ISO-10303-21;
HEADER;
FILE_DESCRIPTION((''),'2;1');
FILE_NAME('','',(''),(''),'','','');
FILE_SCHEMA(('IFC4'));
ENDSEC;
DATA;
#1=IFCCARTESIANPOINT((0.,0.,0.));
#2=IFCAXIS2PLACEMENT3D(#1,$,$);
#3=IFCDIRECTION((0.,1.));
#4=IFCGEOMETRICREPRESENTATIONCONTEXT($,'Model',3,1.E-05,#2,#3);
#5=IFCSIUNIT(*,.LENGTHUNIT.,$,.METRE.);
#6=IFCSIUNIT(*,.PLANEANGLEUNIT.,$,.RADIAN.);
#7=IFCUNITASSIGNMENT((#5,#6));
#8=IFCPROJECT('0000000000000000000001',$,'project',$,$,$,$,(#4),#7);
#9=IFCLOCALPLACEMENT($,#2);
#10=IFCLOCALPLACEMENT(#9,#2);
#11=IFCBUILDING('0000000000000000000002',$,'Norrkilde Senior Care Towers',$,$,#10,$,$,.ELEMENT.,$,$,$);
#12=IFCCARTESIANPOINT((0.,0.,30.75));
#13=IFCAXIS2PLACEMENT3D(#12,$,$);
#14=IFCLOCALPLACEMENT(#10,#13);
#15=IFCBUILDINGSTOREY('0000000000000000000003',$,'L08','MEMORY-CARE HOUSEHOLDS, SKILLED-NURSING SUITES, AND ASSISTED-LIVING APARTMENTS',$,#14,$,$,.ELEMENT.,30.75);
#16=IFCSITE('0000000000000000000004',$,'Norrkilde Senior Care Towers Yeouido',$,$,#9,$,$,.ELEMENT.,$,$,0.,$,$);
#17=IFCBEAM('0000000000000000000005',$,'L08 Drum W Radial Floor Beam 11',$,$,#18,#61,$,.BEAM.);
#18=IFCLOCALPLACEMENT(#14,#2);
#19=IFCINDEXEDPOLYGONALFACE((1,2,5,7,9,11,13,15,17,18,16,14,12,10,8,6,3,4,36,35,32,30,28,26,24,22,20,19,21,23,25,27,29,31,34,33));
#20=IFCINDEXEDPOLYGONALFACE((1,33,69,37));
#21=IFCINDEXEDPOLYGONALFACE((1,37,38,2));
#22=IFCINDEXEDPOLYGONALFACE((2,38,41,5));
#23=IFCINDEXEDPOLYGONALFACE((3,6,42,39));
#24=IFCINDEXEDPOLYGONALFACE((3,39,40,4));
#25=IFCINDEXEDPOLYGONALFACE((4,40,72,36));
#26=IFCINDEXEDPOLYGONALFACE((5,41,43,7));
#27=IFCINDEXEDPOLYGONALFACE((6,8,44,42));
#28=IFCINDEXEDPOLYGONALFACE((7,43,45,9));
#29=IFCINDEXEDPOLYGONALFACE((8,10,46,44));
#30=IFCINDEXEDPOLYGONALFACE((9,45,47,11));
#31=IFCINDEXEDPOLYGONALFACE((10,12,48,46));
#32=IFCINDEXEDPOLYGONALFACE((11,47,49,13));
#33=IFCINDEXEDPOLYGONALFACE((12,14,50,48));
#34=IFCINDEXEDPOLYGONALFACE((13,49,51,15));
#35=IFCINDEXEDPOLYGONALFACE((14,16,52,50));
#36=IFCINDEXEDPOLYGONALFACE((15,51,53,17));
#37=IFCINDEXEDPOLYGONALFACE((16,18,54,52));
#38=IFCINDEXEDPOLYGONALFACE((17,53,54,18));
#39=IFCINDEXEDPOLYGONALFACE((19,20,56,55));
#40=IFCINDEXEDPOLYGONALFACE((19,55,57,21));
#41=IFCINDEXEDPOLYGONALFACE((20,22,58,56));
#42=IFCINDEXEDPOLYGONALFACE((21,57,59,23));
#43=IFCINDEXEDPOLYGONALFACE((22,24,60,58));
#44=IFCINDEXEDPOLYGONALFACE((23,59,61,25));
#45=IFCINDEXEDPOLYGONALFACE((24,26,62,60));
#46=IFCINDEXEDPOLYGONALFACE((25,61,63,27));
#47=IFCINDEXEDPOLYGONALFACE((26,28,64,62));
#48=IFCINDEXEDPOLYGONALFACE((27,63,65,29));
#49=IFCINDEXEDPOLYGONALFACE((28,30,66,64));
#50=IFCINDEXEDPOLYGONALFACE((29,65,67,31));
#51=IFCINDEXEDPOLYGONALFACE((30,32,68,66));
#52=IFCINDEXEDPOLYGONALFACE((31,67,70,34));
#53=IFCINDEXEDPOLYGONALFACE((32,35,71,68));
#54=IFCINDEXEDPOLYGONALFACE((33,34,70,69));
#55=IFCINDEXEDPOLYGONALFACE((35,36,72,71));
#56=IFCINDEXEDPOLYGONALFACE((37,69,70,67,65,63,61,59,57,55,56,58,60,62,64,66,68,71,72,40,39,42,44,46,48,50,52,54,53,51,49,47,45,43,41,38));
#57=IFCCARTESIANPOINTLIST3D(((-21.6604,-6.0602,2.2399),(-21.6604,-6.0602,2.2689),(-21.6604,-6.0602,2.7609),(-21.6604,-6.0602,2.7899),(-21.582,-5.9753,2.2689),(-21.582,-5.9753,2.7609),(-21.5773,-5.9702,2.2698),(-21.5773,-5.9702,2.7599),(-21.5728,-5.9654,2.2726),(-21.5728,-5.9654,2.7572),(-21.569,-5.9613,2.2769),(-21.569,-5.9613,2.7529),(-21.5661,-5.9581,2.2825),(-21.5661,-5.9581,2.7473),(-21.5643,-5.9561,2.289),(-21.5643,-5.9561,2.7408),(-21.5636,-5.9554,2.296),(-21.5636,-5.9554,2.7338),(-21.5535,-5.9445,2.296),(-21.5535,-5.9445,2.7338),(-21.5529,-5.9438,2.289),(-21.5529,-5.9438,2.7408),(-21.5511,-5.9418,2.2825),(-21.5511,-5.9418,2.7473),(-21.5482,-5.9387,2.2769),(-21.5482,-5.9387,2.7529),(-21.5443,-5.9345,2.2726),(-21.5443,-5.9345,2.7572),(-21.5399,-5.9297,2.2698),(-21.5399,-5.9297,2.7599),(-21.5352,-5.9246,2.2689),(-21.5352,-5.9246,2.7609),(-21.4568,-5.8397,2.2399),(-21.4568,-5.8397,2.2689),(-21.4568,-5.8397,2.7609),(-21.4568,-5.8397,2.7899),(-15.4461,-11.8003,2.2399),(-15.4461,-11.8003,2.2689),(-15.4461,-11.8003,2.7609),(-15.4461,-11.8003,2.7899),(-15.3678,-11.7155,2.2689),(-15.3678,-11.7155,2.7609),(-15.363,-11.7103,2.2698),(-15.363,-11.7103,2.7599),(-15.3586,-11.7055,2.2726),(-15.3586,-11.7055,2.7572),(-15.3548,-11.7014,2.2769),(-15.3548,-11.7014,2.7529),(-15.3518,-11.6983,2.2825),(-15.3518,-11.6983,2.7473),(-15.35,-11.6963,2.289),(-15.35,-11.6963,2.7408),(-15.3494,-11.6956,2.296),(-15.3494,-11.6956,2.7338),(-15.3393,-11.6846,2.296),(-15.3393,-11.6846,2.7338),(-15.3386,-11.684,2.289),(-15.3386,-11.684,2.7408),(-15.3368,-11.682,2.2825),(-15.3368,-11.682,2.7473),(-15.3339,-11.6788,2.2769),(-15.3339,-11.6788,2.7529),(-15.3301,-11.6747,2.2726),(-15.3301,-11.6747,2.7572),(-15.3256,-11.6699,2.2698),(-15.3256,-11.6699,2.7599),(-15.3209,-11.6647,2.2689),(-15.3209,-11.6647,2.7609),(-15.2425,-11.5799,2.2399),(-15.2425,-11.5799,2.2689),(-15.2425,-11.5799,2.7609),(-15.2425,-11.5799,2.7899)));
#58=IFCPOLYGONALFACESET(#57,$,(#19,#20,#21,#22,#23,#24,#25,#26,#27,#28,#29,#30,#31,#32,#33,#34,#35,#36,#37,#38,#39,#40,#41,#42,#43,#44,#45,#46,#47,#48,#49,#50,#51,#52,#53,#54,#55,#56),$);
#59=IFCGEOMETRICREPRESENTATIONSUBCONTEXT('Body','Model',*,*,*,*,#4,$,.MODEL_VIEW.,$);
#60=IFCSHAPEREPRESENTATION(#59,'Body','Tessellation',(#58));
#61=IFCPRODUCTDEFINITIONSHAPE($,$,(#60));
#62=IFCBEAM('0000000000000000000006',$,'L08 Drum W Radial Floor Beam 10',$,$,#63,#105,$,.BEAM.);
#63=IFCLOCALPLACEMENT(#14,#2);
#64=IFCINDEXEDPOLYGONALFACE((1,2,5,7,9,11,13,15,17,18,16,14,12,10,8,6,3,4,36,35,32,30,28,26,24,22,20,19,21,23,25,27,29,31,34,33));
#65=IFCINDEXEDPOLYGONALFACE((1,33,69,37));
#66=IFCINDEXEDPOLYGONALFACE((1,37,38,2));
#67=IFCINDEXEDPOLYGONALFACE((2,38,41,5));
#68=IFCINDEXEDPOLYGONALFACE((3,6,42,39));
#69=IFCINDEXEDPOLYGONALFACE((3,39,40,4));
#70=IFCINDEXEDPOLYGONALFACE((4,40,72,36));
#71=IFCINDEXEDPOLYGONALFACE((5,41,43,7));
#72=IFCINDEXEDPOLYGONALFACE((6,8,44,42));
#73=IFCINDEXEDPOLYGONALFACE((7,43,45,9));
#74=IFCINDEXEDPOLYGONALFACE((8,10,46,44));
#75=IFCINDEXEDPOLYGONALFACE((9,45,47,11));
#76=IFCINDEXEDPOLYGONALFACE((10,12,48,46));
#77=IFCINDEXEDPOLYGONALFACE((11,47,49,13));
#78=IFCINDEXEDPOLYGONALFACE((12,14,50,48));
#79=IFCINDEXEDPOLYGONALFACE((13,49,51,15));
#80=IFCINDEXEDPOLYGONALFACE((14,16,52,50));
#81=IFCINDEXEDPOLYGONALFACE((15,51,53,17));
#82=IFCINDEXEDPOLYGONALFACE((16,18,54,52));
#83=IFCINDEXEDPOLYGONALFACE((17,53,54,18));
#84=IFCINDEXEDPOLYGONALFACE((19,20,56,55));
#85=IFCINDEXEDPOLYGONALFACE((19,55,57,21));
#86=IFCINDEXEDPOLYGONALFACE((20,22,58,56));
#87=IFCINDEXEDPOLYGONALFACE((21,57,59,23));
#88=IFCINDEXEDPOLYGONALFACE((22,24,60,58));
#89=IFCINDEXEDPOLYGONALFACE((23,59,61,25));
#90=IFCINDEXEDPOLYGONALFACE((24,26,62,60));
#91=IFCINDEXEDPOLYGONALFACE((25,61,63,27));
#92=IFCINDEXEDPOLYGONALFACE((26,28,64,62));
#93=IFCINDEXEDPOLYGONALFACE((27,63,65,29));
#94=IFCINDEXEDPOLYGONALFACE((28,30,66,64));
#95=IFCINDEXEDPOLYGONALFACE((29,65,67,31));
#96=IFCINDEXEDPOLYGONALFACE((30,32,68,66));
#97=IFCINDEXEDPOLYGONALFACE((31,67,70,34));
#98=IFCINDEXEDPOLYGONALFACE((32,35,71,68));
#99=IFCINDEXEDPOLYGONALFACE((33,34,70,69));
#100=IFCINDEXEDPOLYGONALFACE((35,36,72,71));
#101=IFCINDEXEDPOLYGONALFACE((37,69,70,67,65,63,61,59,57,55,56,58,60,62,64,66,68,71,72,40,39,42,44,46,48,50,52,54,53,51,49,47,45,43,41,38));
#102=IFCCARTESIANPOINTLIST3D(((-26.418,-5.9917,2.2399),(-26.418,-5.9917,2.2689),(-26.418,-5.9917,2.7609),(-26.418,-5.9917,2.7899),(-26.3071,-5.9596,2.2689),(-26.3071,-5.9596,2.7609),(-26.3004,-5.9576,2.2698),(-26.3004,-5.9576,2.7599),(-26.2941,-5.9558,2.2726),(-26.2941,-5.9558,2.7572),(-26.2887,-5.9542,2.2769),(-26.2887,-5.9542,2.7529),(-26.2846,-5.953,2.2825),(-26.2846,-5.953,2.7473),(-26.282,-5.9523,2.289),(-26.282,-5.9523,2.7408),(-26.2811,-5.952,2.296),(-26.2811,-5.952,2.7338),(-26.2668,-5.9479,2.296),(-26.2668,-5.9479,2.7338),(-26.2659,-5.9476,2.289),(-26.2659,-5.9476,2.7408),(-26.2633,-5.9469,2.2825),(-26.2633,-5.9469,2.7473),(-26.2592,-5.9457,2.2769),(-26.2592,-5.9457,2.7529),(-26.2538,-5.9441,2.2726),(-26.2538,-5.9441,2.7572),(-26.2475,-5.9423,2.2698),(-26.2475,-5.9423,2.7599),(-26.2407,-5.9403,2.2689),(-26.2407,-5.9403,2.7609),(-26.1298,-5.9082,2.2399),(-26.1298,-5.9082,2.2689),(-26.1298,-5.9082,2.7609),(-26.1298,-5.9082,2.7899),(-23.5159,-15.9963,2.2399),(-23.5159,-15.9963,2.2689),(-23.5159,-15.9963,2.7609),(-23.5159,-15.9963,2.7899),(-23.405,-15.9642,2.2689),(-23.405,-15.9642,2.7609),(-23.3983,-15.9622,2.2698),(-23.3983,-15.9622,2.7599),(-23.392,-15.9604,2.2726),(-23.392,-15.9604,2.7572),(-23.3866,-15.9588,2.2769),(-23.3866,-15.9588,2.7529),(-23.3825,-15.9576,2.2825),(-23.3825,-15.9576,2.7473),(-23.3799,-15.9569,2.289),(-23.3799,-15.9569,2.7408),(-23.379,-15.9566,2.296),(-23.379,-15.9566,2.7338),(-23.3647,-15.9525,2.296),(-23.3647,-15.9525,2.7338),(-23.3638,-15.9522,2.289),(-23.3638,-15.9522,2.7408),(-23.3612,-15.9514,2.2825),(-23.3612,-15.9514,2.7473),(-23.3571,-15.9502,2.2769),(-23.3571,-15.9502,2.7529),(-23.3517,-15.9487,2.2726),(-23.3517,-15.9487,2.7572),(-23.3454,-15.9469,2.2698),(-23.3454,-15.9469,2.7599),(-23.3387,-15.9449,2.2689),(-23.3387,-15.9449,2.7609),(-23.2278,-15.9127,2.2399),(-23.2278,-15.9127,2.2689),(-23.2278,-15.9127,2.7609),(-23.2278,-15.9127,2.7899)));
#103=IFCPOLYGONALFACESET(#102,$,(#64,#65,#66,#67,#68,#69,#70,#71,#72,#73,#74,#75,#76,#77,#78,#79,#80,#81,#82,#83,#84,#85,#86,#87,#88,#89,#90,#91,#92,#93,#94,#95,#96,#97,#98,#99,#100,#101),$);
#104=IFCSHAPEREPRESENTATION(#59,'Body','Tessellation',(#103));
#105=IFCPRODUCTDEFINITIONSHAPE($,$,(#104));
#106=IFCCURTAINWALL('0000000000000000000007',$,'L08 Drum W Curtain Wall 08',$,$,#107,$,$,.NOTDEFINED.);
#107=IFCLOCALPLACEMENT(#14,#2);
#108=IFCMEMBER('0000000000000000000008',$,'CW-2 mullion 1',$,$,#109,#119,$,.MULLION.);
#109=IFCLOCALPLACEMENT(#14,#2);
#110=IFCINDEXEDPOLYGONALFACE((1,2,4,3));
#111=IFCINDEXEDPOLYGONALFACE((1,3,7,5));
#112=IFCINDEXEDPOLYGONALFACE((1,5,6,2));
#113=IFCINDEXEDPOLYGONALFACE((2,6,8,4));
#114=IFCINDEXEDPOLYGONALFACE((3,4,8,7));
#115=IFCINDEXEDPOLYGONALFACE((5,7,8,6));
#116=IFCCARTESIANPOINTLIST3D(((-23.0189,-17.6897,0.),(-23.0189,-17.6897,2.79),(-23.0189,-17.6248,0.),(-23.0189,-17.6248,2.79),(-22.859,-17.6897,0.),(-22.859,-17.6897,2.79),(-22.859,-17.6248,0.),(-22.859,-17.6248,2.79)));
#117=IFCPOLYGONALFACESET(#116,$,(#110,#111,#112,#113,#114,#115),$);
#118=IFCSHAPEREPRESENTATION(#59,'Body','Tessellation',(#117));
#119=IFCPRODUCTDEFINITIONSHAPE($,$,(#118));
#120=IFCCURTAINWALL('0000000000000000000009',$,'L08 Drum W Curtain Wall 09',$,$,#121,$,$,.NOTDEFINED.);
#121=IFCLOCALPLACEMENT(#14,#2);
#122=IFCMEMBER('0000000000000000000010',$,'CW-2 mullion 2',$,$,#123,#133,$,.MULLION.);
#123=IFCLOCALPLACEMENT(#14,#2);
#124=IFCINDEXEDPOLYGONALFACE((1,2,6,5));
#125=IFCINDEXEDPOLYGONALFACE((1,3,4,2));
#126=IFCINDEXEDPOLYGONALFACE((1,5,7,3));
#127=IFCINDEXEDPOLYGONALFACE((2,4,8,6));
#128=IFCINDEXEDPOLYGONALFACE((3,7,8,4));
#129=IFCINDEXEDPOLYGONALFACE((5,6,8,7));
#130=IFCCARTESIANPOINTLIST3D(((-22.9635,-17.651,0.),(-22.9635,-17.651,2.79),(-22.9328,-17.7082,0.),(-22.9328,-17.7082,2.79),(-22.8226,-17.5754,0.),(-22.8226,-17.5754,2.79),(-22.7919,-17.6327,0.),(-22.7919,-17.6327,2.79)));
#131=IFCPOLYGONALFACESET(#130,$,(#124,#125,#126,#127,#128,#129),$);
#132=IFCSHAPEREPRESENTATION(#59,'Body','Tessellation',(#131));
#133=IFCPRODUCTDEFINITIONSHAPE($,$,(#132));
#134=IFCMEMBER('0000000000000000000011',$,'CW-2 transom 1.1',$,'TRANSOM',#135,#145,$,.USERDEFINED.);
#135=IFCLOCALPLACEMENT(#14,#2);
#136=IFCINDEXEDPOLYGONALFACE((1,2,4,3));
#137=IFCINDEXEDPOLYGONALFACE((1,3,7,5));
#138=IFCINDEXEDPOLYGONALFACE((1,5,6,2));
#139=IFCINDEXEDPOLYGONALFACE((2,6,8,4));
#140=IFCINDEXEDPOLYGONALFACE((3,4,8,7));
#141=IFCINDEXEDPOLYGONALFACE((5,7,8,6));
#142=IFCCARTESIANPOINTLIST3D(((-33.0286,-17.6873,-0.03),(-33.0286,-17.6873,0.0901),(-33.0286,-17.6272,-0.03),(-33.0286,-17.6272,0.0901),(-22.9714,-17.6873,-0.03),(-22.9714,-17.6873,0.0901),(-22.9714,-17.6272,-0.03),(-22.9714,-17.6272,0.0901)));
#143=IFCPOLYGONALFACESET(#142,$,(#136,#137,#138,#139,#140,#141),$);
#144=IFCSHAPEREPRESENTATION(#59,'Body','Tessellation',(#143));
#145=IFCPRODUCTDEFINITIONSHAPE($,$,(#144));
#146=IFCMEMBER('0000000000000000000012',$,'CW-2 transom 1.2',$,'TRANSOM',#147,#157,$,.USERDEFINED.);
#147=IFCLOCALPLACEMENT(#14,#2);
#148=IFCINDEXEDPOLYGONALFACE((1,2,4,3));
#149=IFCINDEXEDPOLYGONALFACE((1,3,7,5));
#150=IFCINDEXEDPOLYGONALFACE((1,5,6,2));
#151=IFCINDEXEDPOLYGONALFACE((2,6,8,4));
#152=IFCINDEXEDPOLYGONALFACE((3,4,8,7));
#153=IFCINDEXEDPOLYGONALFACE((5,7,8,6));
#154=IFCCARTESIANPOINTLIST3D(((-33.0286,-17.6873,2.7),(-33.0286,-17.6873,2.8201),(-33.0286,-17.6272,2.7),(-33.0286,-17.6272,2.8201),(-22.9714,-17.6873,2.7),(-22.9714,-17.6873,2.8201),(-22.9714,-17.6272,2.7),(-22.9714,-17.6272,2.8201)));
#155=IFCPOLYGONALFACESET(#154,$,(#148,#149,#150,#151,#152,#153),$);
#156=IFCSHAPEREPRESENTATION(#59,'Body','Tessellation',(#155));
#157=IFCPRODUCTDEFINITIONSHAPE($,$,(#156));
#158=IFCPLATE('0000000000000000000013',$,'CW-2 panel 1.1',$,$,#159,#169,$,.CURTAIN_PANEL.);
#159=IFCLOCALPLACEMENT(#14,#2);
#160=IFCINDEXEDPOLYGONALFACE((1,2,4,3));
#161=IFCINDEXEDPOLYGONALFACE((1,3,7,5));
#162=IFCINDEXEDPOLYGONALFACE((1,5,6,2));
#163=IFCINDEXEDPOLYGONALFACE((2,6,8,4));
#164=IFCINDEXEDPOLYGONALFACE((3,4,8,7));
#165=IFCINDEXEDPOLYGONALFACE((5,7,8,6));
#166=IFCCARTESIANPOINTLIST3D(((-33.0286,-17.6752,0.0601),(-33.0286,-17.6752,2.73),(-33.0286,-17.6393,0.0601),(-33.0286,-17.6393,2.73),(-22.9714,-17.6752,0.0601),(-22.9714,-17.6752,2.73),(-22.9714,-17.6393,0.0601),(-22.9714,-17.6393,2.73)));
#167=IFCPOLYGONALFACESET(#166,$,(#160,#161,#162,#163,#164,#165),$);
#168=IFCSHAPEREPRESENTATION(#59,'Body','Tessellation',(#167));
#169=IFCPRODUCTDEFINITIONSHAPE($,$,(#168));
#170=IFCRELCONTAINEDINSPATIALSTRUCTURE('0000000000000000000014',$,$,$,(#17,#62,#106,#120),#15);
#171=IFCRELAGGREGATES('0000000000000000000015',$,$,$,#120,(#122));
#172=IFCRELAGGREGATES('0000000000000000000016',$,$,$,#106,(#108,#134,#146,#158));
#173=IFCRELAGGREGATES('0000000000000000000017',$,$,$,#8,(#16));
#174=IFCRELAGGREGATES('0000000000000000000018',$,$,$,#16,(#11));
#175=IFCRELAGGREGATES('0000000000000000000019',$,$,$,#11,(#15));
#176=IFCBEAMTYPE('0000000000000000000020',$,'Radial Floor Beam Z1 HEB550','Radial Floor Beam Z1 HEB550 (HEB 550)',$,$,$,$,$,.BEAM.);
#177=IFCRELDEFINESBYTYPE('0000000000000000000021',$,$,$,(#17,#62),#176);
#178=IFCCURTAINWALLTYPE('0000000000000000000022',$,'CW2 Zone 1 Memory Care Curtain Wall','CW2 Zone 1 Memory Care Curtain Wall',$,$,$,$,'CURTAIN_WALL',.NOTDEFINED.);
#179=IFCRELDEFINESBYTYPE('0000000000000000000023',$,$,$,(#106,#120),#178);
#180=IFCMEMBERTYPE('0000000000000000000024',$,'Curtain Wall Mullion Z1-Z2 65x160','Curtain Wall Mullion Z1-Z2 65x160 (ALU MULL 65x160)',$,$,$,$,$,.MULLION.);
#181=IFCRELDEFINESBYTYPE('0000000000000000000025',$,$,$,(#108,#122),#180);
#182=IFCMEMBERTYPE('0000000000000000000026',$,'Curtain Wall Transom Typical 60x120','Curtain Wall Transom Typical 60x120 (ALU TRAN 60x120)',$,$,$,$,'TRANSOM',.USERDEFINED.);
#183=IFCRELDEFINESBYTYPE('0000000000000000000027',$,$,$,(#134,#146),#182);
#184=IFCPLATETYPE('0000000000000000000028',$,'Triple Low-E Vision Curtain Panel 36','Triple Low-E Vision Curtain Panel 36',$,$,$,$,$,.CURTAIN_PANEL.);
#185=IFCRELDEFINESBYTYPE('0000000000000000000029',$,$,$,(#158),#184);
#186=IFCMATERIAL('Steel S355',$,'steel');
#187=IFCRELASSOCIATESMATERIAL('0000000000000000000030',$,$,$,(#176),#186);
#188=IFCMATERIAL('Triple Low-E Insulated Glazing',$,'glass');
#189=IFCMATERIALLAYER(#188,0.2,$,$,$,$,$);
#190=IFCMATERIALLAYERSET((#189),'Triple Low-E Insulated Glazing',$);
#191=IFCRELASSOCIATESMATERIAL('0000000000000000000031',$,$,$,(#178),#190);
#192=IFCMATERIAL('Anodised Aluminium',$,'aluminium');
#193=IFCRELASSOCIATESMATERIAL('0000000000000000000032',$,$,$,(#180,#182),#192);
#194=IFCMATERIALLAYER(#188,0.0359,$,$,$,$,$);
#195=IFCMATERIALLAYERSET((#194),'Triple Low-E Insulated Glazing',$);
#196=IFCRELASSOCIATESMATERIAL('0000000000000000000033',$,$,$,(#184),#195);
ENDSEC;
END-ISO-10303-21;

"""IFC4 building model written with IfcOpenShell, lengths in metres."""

from ifc_helpers import new_model, si_unit, direction, frame, origin, origin_2d, place, context, subcontext, project, spatial, rectangle, i_section, extrude, source, transform, mapped, material, layer, layer_set, material_profile, profile_set, type_object, type_shapes, element, aggregate, save


model = new_model("IFC4")

# Units and contexts
model_context = context("Model", 3, precision=1e-05, world=origin(), true_north=direction((0.0, 1.0)))
body_context = subcontext(model_context, "Body", "Model", "MODEL_VIEW")
ifc_project = project(units=[si_unit("LENGTHUNIT", "METRE"), si_unit("PLANEANGLEUNIT", "RADIAN")], contexts=[model_context])

# Site, building, storey
site_placement = place(None, origin())
site = spatial("IfcSite", under=ifc_project, at=site_placement, Name="Norrkilde Senior Care Towers Yeouido", CompositionType="ELEMENT", RefElevation=0.0)
building_placement = place(site_placement, origin())
building = spatial("IfcBuilding", under=site, at=building_placement, Name="Norrkilde Senior Care Towers", CompositionType="ELEMENT")
storey_placement = place(building_placement, frame((0.0, 0.0, 30.75)))
storey = spatial("IfcBuildingStorey", under=building, at=storey_placement, Name="L08", Description="MEMORY-CARE HOUSEHOLDS, SKILLED-NURSING SUITES, AND ASSISTED-LIVING APARTMENTS", CompositionType="ELEMENT", Elevation=30.75)

# Beams
ifc_material_1 = material(Name="Steel S355", Category="steel")
ifc_material_profile_1 = material_profile(ifc_material_1, i_section(OverallWidth=0.3, OverallDepth=0.55, WebThickness=0.0149, FlangeThickness=0.0291, FilletRadius=0.0271, at=origin_2d()), Name="HEB 550")
ifc_profile_set_1 = profile_set([ifc_material_profile_1], Name="Steel S355")
beam_type_1 = type_object("IfcBeamType", Name="Radial Floor Beam Z1 HEB550", Description="Radial Floor Beam Z1 HEB550 (HEB 550)", PredefinedType="BEAM", material=ifc_profile_set_1)
shared_shape_1 = source(origin(), body_context, "Body", "SweptSolid", [
    extrude(i_section(OverallWidth=0.3, OverallDepth=0.55, WebThickness=0.0149, FlangeThickness=0.0291, FilletRadius=0.0271, at=origin_2d()), origin(), (0.0, 0.0, 1.0), 8.4597),
])
beam_1_placement = place(storey_placement, frame((-21.5586, -5.95, 2.5149), z_axis=(0.734573, -0.678529, 0.0), x_axis=(0.678529, 0.734573, 0.0)))
element("IfcBeam", 1, at=beam_1_placement, inside=storey, type_object=beam_type_1, Name="L08 Drum W Radial Floor Beam 11", PredefinedType="BEAM", context=body_context, shape_type="MappedRepresentation", body=[
    mapped(shared_shape_1, transform((0.0, 0.0, 0.0), x_axis=(1.0, 0.0, 0.0), y_axis=(0.0, 1.0, 0.0), z_axis=(0.0, 0.0, 1.0), scale=1.0)),
])
shared_shape_2 = source(origin(), body_context, "Body", "SweptSolid", [
    extrude(i_section(OverallWidth=0.3, OverallDepth=0.55, WebThickness=0.0149, FlangeThickness=0.0291, FilletRadius=0.0271, at=origin_2d()), origin(), (0.0, 0.0, 1.0), 10.417),
])
beam_2_placement = place(storey_placement, frame((-26.2739, -5.95, 2.5149), z_axis=(0.278591, -0.96041, 0.0), x_axis=(0.96041, 0.278591, 0.0)))
element("IfcBeam", 2, at=beam_2_placement, inside=storey, type_object=beam_type_1, Name="L08 Drum W Radial Floor Beam 10", PredefinedType="BEAM", context=body_context, shape_type="MappedRepresentation", body=[
    mapped(shared_shape_2, transform((0.0, 0.0, 0.0), x_axis=(1.0, 0.0, 0.0), y_axis=(0.0, 1.0, 0.0), z_axis=(0.0, 0.0, 1.0), scale=1.0)),
])

# Curtain walls, members
ifc_material_2 = material(Name="Triple Low-E Insulated Glazing", Category="glass")
ifc_layer_1 = layer(ifc_material_2, 0.2)
ifc_layer_set_1 = layer_set([ifc_layer_1], Name="Triple Low-E Insulated Glazing")
curtain_wall_type = type_object("IfcCurtainWallType", Name="CW2 Zone 1 Memory Care Curtain Wall", Description="CW2 Zone 1 Memory Care Curtain Wall", ElementType="CURTAIN_WALL", PredefinedType="NOTDEFINED", material=ifc_layer_set_1)
curtain_wall_1_placement = place(storey_placement, origin())
curtain_wall_1 = element("IfcCurtainWall", 3, at=curtain_wall_1_placement, inside=storey, type_object=curtain_wall_type, Name="L08 Drum W Curtain Wall 08", PredefinedType="NOTDEFINED")
ifc_material_3 = material(Name="Anodised Aluminium", Category="aluminium")
ifc_material_profile_2 = material_profile(ifc_material_3, rectangle(XDim=0.0649, YDim=0.1599, at=origin_2d()), Name="ALU MULL 65x160")
ifc_profile_set_2 = profile_set([ifc_material_profile_2], Name="Anodised Aluminium")
member_type_1 = type_object("IfcMemberType", Name="Curtain Wall Mullion Z1-Z2 65x160", Description="Curtain Wall Mullion Z1-Z2 65x160 (ALU MULL 65x160)", PredefinedType="MULLION", material=ifc_profile_set_2)
shared_shape_3 = source(origin(), body_context, "Body", "SweptSolid", [
    extrude(rectangle(XDim=0.0649, YDim=0.1599, at=origin_2d()), origin(), (0.0, 0.0, 1.0), 2.79),
])
type_shapes(member_type_1, [shared_shape_3])
member_1_placement = place(storey_placement, frame((-22.939, -17.6572, 0.0), z_axis=(0.0, 0.0, 1.0), x_axis=(0.0, -1.0, 0.0)))
member_1 = element("IfcMember", 4, at=member_1_placement, type_object=member_type_1, Name="CW-2 mullion 1", PredefinedType="MULLION", context=body_context, shape_type="MappedRepresentation", body=[
    mapped(shared_shape_3, transform((0.0, 0.0, 0.0), x_axis=(1.0, 0.0, 0.0), y_axis=(0.0, 1.0, 0.0), z_axis=(0.0, 0.0, 1.0), scale=1.0)),
])
curtain_wall_2_placement = place(storey_placement, origin())
curtain_wall_2 = element("IfcCurtainWall", 5, at=curtain_wall_2_placement, inside=storey, type_object=curtain_wall_type, Name="L08 Drum W Curtain Wall 09", PredefinedType="NOTDEFINED")
member_2_placement = place(storey_placement, frame((-22.8777, -17.6418, 0.0), z_axis=(0.0, 0.0, 1.0), x_axis=(0.472608, -0.881273, 0.0)))
member_2 = element("IfcMember", 6, at=member_2_placement, type_object=member_type_1, Name="CW-2 mullion 2", PredefinedType="MULLION", context=body_context, shape_type="MappedRepresentation", body=[
    mapped(shared_shape_3, transform((0.0, 0.0, 0.0), x_axis=(1.0, 0.0, 0.0), y_axis=(0.0, 1.0, 0.0), z_axis=(0.0, 0.0, 1.0), scale=1.0)),
])
aggregate(curtain_wall_2, [member_2])

# Members
ifc_material_profile_3 = material_profile(ifc_material_3, rectangle(XDim=0.0601, YDim=0.1201, at=origin_2d()), Name="ALU TRAN 60x120")
ifc_profile_set_3 = profile_set([ifc_material_profile_3], Name="Anodised Aluminium")
member_type_2 = type_object("IfcMemberType", Name="Curtain Wall Transom Typical 60x120", Description="Curtain Wall Transom Typical 60x120 (ALU TRAN 60x120)", ElementType="TRANSOM", PredefinedType="USERDEFINED", material=ifc_profile_set_3)
shared_shape_4 = source(origin(), body_context, "Body", "SweptSolid", [
    extrude(rectangle(XDim=0.0601, YDim=0.1201, at=origin_2d()), origin(), (0.0, 0.0, 1.0), 10.0571),
])
type_shapes(member_type_2, [shared_shape_4])
member_3_placement = place(storey_placement, frame((-22.9714, -17.6572, 0.03), z_axis=(-1.0, 0.0, 0.0), x_axis=(0.0, -1.0, 0.0)))
member_3 = element("IfcMember", 7, at=member_3_placement, type_object=member_type_2, Name="CW-2 transom 1.1", ObjectType="TRANSOM", PredefinedType="USERDEFINED", context=body_context, shape_type="MappedRepresentation", body=[
    mapped(shared_shape_4, transform((0.0, 0.0, 0.0), x_axis=(1.0, 0.0, 0.0), y_axis=(0.0, 1.0, 0.0), z_axis=(0.0, 0.0, 1.0), scale=1.0)),
])
member_4_placement = place(storey_placement, frame((-22.9714, -17.6572, 2.76), z_axis=(-1.0, 0.0, 0.0), x_axis=(0.0, -1.0, 0.0)))
member_4 = element("IfcMember", 8, at=member_4_placement, type_object=member_type_2, Name="CW-2 transom 1.2", ObjectType="TRANSOM", PredefinedType="USERDEFINED", context=body_context, shape_type="MappedRepresentation", body=[
    mapped(shared_shape_4, transform((0.0, 0.0, 0.0), x_axis=(1.0, 0.0, 0.0), y_axis=(0.0, 1.0, 0.0), z_axis=(0.0, 0.0, 1.0), scale=1.0)),
])

# Plate
ifc_layer_2 = layer(ifc_material_2, 0.0359)
ifc_layer_set_2 = layer_set([ifc_layer_2], Name="Triple Low-E Insulated Glazing")
plate_type = type_object("IfcPlateType", Name="Triple Low-E Vision Curtain Panel 36", Description="Triple Low-E Vision Curtain Panel 36", PredefinedType="CURTAIN_PANEL", material=ifc_layer_set_2)
shared_shape_5 = source(origin(), body_context, "Body", "SweptSolid", [
    extrude(rectangle(XDim=10.0571, YDim=0.0359, at=origin_2d()), origin(), (0.0, 0.0, 1.0), 2.6699),
])
type_shapes(plate_type, [shared_shape_5])
plate_placement = place(storey_placement, frame((-28.0, -17.6572, 0.0601), z_axis=(0.0, 0.0, 1.0), x_axis=(-1.0, 0.0, 0.0)))
plate = element("IfcPlate", 9, at=plate_placement, type_object=plate_type, Name="CW-2 panel 1.1", PredefinedType="CURTAIN_PANEL", context=body_context, shape_type="MappedRepresentation", body=[
    mapped(shared_shape_5, transform((0.0, 0.0, 0.0), x_axis=(1.0, 0.0, 0.0), y_axis=(0.0, 1.0, 0.0), z_axis=(0.0, 0.0, 1.0), scale=1.0)),
])
aggregate(curtain_wall_1, [member_1, member_3, member_4, plate])

save(model, "model.ifc")
